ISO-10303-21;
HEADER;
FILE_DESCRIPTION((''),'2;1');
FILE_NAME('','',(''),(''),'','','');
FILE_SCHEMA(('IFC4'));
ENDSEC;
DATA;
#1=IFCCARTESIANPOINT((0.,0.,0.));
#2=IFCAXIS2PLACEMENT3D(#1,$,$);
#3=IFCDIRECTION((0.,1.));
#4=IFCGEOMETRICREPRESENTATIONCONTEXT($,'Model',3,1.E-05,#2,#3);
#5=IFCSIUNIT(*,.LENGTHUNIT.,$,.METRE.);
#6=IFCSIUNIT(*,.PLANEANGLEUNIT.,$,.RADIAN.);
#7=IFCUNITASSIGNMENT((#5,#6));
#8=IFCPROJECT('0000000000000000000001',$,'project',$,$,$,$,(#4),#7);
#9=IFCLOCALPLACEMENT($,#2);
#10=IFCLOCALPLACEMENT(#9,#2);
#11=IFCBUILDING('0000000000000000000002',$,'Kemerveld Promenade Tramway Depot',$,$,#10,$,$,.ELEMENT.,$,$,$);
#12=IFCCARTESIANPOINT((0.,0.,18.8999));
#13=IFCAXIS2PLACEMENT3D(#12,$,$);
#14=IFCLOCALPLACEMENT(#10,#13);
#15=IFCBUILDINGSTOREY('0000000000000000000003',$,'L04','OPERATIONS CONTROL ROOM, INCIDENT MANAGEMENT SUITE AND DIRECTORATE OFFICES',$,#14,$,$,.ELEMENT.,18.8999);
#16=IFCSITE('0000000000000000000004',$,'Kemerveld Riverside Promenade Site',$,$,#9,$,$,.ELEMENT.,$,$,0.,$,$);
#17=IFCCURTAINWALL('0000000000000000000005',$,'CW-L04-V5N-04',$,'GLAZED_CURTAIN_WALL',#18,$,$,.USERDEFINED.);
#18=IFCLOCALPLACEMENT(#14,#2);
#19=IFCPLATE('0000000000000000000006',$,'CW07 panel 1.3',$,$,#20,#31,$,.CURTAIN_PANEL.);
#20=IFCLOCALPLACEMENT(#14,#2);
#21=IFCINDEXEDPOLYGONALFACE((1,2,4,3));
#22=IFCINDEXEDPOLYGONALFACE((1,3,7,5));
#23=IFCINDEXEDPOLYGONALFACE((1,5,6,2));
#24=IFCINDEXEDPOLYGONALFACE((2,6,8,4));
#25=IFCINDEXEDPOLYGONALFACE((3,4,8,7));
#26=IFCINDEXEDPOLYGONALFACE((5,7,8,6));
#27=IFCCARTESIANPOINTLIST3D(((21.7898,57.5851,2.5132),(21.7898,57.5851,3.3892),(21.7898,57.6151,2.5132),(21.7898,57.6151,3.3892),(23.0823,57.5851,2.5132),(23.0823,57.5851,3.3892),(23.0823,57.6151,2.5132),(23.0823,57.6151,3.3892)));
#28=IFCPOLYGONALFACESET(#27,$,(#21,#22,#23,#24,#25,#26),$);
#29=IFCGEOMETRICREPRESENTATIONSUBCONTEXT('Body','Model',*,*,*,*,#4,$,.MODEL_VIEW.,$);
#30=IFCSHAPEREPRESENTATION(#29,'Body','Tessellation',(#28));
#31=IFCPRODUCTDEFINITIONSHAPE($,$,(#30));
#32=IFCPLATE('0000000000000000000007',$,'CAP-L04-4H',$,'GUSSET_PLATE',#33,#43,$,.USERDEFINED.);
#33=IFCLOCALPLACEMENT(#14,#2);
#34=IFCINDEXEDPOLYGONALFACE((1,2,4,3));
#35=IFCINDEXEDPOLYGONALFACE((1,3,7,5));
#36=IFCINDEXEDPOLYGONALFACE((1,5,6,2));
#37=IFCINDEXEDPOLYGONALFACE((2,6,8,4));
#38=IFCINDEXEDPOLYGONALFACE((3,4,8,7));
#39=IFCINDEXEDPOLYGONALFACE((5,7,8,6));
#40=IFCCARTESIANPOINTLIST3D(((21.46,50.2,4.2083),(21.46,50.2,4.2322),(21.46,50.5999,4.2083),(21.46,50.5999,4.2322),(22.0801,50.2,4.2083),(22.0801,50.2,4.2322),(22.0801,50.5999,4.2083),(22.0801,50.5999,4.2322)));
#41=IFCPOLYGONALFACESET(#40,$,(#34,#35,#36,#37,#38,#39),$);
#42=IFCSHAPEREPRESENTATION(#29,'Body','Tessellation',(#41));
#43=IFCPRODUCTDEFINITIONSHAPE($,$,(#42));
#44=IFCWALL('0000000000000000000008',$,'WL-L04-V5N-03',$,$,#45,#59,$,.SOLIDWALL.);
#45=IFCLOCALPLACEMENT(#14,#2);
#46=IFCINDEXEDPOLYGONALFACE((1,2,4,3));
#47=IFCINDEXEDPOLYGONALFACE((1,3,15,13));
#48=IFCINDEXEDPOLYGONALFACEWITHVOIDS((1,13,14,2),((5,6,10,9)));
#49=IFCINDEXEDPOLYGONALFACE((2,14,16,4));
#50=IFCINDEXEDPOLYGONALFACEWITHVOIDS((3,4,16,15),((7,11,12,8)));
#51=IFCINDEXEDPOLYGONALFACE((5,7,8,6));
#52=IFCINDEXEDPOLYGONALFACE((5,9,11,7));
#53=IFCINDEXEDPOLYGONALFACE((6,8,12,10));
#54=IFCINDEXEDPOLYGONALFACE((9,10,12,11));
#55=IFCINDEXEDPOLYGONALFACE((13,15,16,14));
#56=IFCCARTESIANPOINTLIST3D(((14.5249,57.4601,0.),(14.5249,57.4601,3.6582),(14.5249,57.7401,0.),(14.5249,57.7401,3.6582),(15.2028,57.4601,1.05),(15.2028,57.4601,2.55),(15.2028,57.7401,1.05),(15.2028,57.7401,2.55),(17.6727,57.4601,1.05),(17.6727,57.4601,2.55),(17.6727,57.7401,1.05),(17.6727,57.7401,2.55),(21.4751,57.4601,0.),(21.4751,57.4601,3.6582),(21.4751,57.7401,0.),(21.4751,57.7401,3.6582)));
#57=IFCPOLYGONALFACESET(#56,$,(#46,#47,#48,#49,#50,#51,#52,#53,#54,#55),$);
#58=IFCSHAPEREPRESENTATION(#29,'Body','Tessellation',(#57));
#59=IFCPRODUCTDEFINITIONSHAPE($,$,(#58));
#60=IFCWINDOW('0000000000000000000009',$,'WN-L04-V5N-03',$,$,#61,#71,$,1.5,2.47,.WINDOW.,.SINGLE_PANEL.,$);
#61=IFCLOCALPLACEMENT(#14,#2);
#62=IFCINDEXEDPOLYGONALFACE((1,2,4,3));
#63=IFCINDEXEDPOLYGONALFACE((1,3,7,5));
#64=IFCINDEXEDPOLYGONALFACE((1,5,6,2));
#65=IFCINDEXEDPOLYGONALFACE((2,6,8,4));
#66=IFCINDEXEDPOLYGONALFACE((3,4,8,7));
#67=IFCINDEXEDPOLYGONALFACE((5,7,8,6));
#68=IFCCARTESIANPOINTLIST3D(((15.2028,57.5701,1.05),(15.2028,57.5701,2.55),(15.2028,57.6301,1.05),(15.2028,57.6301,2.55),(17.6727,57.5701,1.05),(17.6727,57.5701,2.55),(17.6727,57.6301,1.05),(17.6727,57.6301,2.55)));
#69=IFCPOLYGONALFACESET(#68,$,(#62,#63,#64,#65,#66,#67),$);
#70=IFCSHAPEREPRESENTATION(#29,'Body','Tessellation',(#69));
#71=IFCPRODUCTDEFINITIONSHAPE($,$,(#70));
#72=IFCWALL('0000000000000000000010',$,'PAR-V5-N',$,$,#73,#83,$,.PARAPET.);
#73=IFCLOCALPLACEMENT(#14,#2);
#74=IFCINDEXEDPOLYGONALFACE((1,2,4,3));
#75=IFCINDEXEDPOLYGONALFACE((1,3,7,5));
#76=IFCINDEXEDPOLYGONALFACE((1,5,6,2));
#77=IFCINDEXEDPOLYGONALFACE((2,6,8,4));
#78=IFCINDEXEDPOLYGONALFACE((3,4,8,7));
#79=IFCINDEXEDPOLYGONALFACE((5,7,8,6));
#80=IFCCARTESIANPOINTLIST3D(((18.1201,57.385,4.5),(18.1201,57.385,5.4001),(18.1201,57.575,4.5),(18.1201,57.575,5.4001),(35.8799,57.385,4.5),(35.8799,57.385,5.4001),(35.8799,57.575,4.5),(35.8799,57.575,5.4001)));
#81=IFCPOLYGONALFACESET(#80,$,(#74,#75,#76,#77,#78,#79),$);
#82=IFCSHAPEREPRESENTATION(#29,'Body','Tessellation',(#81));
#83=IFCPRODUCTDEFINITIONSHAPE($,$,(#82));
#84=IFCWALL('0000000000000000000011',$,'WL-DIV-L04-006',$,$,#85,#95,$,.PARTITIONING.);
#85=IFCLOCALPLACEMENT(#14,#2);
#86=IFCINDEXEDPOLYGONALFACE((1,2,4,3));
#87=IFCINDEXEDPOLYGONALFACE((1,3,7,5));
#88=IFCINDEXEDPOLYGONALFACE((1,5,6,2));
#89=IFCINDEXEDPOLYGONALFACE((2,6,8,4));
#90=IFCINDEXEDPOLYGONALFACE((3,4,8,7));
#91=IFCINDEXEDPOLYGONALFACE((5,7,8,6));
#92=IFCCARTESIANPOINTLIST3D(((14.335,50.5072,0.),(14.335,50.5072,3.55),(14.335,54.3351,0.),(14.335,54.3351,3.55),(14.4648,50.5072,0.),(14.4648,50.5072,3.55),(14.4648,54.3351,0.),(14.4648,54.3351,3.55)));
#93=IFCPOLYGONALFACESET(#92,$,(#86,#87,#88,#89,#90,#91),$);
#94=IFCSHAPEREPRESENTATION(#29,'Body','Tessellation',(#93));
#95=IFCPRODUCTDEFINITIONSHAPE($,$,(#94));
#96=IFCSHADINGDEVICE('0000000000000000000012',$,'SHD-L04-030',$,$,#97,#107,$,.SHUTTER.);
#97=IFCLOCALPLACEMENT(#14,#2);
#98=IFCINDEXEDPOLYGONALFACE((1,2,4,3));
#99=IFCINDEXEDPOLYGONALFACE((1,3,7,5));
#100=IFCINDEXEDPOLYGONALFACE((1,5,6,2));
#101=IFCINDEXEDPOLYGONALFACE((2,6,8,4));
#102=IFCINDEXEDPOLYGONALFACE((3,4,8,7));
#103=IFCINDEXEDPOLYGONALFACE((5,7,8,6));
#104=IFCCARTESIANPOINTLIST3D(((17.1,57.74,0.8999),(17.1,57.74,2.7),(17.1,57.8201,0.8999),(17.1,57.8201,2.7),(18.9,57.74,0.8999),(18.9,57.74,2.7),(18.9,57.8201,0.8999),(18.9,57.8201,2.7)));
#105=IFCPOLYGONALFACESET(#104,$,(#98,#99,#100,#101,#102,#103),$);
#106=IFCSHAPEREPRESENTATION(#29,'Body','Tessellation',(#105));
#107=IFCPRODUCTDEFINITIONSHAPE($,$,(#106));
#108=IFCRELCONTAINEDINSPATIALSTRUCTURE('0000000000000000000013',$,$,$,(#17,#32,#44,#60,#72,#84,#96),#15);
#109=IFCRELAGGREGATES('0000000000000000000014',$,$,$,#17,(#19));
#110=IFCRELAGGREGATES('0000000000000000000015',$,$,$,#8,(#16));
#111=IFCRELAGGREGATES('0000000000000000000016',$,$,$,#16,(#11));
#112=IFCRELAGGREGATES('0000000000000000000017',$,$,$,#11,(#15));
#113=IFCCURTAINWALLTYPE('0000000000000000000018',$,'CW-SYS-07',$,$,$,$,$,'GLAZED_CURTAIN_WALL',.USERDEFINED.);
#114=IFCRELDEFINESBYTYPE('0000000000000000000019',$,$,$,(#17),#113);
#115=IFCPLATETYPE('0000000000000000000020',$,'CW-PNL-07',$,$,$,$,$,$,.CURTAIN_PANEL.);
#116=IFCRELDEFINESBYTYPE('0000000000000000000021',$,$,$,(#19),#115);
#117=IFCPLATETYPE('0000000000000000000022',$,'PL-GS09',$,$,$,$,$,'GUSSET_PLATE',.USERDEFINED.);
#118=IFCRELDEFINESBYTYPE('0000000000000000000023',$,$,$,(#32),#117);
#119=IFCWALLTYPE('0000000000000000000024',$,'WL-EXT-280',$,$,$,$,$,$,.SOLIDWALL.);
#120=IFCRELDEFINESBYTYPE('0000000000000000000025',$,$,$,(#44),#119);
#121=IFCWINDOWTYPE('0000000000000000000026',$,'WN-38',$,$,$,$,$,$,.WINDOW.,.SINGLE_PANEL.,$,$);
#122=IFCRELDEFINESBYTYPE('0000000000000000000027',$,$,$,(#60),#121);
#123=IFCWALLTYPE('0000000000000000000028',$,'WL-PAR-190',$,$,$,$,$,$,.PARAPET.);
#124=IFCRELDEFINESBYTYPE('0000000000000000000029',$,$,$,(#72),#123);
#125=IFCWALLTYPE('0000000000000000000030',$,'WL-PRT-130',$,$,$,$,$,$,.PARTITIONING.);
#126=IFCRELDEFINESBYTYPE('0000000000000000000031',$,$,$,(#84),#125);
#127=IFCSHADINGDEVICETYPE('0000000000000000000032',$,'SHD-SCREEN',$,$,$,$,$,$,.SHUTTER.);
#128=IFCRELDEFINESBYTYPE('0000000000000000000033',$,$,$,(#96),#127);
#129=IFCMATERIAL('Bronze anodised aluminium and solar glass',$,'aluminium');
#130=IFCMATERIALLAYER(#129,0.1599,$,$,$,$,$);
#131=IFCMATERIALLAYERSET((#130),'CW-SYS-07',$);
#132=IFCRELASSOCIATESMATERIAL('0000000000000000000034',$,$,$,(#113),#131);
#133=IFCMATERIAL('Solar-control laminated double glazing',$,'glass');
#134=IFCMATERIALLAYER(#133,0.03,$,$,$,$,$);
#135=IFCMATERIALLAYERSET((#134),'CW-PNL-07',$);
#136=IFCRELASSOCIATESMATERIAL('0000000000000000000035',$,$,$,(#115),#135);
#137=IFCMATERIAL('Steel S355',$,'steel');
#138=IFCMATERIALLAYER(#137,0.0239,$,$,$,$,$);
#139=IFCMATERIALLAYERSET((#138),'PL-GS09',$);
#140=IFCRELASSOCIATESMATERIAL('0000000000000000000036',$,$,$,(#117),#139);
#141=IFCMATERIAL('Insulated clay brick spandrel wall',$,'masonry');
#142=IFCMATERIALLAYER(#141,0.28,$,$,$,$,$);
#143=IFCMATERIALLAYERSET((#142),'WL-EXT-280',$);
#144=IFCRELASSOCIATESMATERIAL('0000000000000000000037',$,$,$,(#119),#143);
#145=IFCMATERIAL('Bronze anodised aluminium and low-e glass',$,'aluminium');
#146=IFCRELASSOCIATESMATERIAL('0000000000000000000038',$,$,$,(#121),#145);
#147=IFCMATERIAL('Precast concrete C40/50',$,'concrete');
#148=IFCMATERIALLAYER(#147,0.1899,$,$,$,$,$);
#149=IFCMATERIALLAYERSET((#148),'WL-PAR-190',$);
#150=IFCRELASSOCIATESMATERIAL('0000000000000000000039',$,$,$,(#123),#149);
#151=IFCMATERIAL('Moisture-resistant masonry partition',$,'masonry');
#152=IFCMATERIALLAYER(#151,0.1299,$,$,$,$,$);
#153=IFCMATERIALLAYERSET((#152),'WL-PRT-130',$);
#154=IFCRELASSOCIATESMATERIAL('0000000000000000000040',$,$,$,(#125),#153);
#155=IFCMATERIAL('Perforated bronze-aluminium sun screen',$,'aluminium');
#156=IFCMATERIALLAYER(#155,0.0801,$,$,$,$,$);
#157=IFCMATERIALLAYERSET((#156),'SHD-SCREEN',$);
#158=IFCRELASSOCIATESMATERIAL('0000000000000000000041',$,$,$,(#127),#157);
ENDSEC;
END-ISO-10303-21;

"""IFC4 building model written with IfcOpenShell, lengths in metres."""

from ifc_helpers import new_model, si_unit, direction, frame, frame_2d, origin, origin_2d, place, context, subcontext, project, spatial, rectangle, extrude, material, layer, layer_set, type_object, element, fill, aggregate, save


model = new_model("IFC4")

# Units and contexts
model_context = context("Model", 3, precision=1e-05, world=origin(), true_north=direction((0.0, 1.0)))
body_context = subcontext(model_context, "Body", "Model", "MODEL_VIEW")
ifc_project = project(units=[si_unit("LENGTHUNIT", "METRE"), si_unit("PLANEANGLEUNIT", "RADIAN")], contexts=[model_context])

# Site, building, storey
site_placement = place(None, origin())
site = spatial("IfcSite", under=ifc_project, at=site_placement, Name="Kemerveld Riverside Promenade Site", CompositionType="ELEMENT", RefElevation=0.0)
building_placement = place(site_placement, origin())
building = spatial("IfcBuilding", under=site, at=building_placement, Name="Kemerveld Promenade Tramway Depot", CompositionType="ELEMENT")
storey_placement = place(building_placement, frame((0.0, 0.0, 18.8999)))
storey = spatial("IfcBuildingStorey", under=building, at=storey_placement, Name="L04", Description="OPERATIONS CONTROL ROOM, INCIDENT MANAGEMENT SUITE AND DIRECTORATE OFFICES", CompositionType="ELEMENT", Elevation=18.8999)

# Shared definitions
ifc_material_1 = material(Name="Steel S355", Category="steel")

# Shared definitions
ifc_material_2 = material(Name="Bronze anodised aluminium and solar glass", Category="aluminium")

# Curtain wall
ifc_layer_1 = layer(ifc_material_2, 0.1599)
ifc_layer_set_1 = layer_set([ifc_layer_1], Name="CW-SYS-07")
curtain_wall_type_1 = type_object("IfcCurtainWallType", Name="CW-SYS-07", ElementType="GLAZED_CURTAIN_WALL", PredefinedType="USERDEFINED", material=ifc_layer_set_1)
curtain_wall_1_placement = place(storey_placement, origin())
curtain_wall_1 = element("IfcCurtainWall", 1, at=curtain_wall_1_placement, inside=storey, type_object=curtain_wall_type_1, Name="CW-L04-V5N-04", ObjectType="GLAZED_CURTAIN_WALL", PredefinedType="USERDEFINED")

# Plates
ifc_material_3 = material(Name="Solar-control laminated double glazing", Category="glass")
ifc_layer_2 = layer(ifc_material_3, 0.03)
ifc_layer_set_2 = layer_set([ifc_layer_2], Name="CW-PNL-07")
plate_type_1 = type_object("IfcPlateType", Name="CW-PNL-07", PredefinedType="CURTAIN_PANEL", material=ifc_layer_set_2)
plate_1_placement = place(storey_placement, frame((22.436, 57.6001, 2.5132), z_axis=(0.0, 0.0, 1.0), x_axis=(1.0, 0.0, 0.0)))
plate_1 = element("IfcPlate", 2, at=plate_1_placement, type_object=plate_type_1, Name="CW07 panel 1.3", PredefinedType="CURTAIN_PANEL", context=body_context, shape_type="SweptSolid", body=[
    extrude(rectangle(XDim=1.2925, YDim=0.03, at=origin_2d()), origin(), (0.0, 0.0, 1.0), 0.876),
])
aggregate(curtain_wall_1, [plate_1])
ifc_layer_3 = layer(ifc_material_1, 0.0239)
ifc_layer_set_3 = layer_set([ifc_layer_3], Name="PL-GS09")
plate_type_2 = type_object("IfcPlateType", Name="PL-GS09", ElementType="GUSSET_PLATE", PredefinedType="USERDEFINED", material=ifc_layer_set_3)
plate_2_placement = place(storey_placement, frame((21.77, 50.3999, 4.2083), z_axis=(0.0, 0.0, 1.0), x_axis=(1.0, 0.0, 0.0)))
element("IfcPlate", 3, at=plate_2_placement, inside=storey, type_object=plate_type_2, Name="CAP-L04-4H", ObjectType="GUSSET_PLATE", PredefinedType="USERDEFINED", context=body_context, shape_type="SweptSolid", body=[
    extrude(rectangle(XDim=0.6201, YDim=0.3999, at=origin_2d()), origin(), (0.0, 0.0, 1.0), 0.0239),
])

# Wall, opening, window
ifc_material_4 = material(Name="Insulated clay brick spandrel wall", Category="masonry")
ifc_layer_4 = layer(ifc_material_4, 0.28)
ifc_layer_set_4 = layer_set([ifc_layer_4], Name="WL-EXT-280")
wall_type_1 = type_object("IfcWallType", Name="WL-EXT-280", PredefinedType="SOLIDWALL", material=ifc_layer_set_4)
wall_1_placement = place(storey_placement, frame((14.5249, 57.6001, 0.0), z_axis=(0.0, 0.0, 1.0), x_axis=(1.0, 0.0, 0.0)))
wall_1 = element("IfcWall", 4, at=wall_1_placement, inside=storey, type_object=wall_type_1, Name="WL-L04-V5N-03", PredefinedType="SOLIDWALL", context=body_context, shape_type="SweptSolid", body=[
    extrude(rectangle(XDim=6.9502, YDim=0.28, at=frame_2d((3.4751, 0.0))), origin(), (0.0, 0.0, 1.0), 3.6582),
])
opening_placement = place(wall_1_placement, frame((0.678, 0.0, 1.05)))
opening = element("IfcOpeningElement", 5, at=opening_placement, cuts=wall_1, PredefinedType="OPENING", context=body_context, shape_type="SweptSolid", body=[
    extrude(rectangle(XDim=2.47, YDim=1.5, at=frame_2d((1.2349, 0.75))), frame((0.0, 0.1499, 0.0), z_axis=(0.0, -1.0, 0.0), x_axis=(1.0, 0.0, 0.0)), (0.0, 0.0, 1.0), 0.3),
])
ifc_material_5 = material(Name="Bronze anodised aluminium and low-e glass", Category="aluminium")
window_type = type_object("IfcWindowType", Name="WN-38", PartitioningType="SINGLE_PANEL", PredefinedType="WINDOW", material=ifc_material_5)
window_placement = place(opening_placement, origin())
window = element("IfcWindow", 6, at=window_placement, inside=storey, type_object=window_type, Name="WN-L04-V5N-03", OverallHeight=1.5, OverallWidth=2.47, PartitioningType="SINGLE_PANEL", PredefinedType="WINDOW", context=body_context, shape_type="SweptSolid", body=[
    extrude(rectangle(XDim=2.47, YDim=1.5, at=frame_2d((1.2349, 0.75))), frame((0.0, 0.03, 0.0), z_axis=(0.0, -1.0, 0.0), x_axis=(1.0, 0.0, 0.0)), (0.0, 0.0, 1.0), 0.0601),
])
fill(opening, window)

# Walls
ifc_material_6 = material(Name="Precast concrete C40/50", Category="concrete")
ifc_layer_5 = layer(ifc_material_6, 0.1899)
ifc_layer_set_5 = layer_set([ifc_layer_5], Name="WL-PAR-190")
wall_type_2 = type_object("IfcWallType", Name="WL-PAR-190", PredefinedType="PARAPET", material=ifc_layer_set_5)
wall_2_placement = place(storey_placement, frame((18.1201, 57.48, 4.5), z_axis=(0.0, 0.0, 1.0), x_axis=(1.0, 0.0, 0.0)))
element("IfcWall", 7, at=wall_2_placement, inside=storey, type_object=wall_type_2, Name="PAR-V5-N", PredefinedType="PARAPET", context=body_context, shape_type="SweptSolid", body=[
    extrude(rectangle(XDim=17.7598, YDim=0.1899, at=frame_2d((8.8799, 0.0))), origin(), (0.0, 0.0, 1.0), 0.9001),
])
ifc_material_7 = material(Name="Moisture-resistant masonry partition", Category="masonry")
ifc_layer_6 = layer(ifc_material_7, 0.1299)
ifc_layer_set_6 = layer_set([ifc_layer_6], Name="WL-PRT-130")
wall_type_3 = type_object("IfcWallType", Name="WL-PRT-130", PredefinedType="PARTITIONING", material=ifc_layer_set_6)
wall_3_placement = place(storey_placement, frame((14.3999, 50.5071, 0.0), z_axis=(0.0, 0.0, 1.0), x_axis=(0.0, 1.0, 0.0)))
element("IfcWall", 8, at=wall_3_placement, inside=storey, type_object=wall_type_3, Name="WL-DIV-L04-006", PredefinedType="PARTITIONING", context=body_context, shape_type="SweptSolid", body=[
    extrude(rectangle(XDim=3.8279, YDim=0.1299, at=frame_2d((1.9141, 0.0))), origin(), (0.0, 0.0, 1.0), 3.55),
])

# Shading device
ifc_material_8 = material(Name="Perforated bronze-aluminium sun screen", Category="aluminium")
ifc_layer_7 = layer(ifc_material_8, 0.0801)
ifc_layer_set_7 = layer_set([ifc_layer_7], Name="SHD-SCREEN")
shading_device_type = type_object("IfcShadingDeviceType", Name="SHD-SCREEN", PredefinedType="SHUTTER", material=ifc_layer_set_7)
shading_device_placement = place(storey_placement, frame((18.0, 57.78, 0.8999), z_axis=(0.0, 0.0, 1.0), x_axis=(1.0, 0.0, 0.0)))
element("IfcShadingDevice", 9, at=shading_device_placement, inside=storey, type_object=shading_device_type, Name="SHD-L04-030", PredefinedType="SHUTTER", context=body_context, shape_type="SweptSolid", body=[
    extrude(rectangle(XDim=1.8, YDim=0.0801, at=origin_2d()), origin(), (0.0, 0.0, 1.0), 1.8),
])

save(model, "model.ifc")
